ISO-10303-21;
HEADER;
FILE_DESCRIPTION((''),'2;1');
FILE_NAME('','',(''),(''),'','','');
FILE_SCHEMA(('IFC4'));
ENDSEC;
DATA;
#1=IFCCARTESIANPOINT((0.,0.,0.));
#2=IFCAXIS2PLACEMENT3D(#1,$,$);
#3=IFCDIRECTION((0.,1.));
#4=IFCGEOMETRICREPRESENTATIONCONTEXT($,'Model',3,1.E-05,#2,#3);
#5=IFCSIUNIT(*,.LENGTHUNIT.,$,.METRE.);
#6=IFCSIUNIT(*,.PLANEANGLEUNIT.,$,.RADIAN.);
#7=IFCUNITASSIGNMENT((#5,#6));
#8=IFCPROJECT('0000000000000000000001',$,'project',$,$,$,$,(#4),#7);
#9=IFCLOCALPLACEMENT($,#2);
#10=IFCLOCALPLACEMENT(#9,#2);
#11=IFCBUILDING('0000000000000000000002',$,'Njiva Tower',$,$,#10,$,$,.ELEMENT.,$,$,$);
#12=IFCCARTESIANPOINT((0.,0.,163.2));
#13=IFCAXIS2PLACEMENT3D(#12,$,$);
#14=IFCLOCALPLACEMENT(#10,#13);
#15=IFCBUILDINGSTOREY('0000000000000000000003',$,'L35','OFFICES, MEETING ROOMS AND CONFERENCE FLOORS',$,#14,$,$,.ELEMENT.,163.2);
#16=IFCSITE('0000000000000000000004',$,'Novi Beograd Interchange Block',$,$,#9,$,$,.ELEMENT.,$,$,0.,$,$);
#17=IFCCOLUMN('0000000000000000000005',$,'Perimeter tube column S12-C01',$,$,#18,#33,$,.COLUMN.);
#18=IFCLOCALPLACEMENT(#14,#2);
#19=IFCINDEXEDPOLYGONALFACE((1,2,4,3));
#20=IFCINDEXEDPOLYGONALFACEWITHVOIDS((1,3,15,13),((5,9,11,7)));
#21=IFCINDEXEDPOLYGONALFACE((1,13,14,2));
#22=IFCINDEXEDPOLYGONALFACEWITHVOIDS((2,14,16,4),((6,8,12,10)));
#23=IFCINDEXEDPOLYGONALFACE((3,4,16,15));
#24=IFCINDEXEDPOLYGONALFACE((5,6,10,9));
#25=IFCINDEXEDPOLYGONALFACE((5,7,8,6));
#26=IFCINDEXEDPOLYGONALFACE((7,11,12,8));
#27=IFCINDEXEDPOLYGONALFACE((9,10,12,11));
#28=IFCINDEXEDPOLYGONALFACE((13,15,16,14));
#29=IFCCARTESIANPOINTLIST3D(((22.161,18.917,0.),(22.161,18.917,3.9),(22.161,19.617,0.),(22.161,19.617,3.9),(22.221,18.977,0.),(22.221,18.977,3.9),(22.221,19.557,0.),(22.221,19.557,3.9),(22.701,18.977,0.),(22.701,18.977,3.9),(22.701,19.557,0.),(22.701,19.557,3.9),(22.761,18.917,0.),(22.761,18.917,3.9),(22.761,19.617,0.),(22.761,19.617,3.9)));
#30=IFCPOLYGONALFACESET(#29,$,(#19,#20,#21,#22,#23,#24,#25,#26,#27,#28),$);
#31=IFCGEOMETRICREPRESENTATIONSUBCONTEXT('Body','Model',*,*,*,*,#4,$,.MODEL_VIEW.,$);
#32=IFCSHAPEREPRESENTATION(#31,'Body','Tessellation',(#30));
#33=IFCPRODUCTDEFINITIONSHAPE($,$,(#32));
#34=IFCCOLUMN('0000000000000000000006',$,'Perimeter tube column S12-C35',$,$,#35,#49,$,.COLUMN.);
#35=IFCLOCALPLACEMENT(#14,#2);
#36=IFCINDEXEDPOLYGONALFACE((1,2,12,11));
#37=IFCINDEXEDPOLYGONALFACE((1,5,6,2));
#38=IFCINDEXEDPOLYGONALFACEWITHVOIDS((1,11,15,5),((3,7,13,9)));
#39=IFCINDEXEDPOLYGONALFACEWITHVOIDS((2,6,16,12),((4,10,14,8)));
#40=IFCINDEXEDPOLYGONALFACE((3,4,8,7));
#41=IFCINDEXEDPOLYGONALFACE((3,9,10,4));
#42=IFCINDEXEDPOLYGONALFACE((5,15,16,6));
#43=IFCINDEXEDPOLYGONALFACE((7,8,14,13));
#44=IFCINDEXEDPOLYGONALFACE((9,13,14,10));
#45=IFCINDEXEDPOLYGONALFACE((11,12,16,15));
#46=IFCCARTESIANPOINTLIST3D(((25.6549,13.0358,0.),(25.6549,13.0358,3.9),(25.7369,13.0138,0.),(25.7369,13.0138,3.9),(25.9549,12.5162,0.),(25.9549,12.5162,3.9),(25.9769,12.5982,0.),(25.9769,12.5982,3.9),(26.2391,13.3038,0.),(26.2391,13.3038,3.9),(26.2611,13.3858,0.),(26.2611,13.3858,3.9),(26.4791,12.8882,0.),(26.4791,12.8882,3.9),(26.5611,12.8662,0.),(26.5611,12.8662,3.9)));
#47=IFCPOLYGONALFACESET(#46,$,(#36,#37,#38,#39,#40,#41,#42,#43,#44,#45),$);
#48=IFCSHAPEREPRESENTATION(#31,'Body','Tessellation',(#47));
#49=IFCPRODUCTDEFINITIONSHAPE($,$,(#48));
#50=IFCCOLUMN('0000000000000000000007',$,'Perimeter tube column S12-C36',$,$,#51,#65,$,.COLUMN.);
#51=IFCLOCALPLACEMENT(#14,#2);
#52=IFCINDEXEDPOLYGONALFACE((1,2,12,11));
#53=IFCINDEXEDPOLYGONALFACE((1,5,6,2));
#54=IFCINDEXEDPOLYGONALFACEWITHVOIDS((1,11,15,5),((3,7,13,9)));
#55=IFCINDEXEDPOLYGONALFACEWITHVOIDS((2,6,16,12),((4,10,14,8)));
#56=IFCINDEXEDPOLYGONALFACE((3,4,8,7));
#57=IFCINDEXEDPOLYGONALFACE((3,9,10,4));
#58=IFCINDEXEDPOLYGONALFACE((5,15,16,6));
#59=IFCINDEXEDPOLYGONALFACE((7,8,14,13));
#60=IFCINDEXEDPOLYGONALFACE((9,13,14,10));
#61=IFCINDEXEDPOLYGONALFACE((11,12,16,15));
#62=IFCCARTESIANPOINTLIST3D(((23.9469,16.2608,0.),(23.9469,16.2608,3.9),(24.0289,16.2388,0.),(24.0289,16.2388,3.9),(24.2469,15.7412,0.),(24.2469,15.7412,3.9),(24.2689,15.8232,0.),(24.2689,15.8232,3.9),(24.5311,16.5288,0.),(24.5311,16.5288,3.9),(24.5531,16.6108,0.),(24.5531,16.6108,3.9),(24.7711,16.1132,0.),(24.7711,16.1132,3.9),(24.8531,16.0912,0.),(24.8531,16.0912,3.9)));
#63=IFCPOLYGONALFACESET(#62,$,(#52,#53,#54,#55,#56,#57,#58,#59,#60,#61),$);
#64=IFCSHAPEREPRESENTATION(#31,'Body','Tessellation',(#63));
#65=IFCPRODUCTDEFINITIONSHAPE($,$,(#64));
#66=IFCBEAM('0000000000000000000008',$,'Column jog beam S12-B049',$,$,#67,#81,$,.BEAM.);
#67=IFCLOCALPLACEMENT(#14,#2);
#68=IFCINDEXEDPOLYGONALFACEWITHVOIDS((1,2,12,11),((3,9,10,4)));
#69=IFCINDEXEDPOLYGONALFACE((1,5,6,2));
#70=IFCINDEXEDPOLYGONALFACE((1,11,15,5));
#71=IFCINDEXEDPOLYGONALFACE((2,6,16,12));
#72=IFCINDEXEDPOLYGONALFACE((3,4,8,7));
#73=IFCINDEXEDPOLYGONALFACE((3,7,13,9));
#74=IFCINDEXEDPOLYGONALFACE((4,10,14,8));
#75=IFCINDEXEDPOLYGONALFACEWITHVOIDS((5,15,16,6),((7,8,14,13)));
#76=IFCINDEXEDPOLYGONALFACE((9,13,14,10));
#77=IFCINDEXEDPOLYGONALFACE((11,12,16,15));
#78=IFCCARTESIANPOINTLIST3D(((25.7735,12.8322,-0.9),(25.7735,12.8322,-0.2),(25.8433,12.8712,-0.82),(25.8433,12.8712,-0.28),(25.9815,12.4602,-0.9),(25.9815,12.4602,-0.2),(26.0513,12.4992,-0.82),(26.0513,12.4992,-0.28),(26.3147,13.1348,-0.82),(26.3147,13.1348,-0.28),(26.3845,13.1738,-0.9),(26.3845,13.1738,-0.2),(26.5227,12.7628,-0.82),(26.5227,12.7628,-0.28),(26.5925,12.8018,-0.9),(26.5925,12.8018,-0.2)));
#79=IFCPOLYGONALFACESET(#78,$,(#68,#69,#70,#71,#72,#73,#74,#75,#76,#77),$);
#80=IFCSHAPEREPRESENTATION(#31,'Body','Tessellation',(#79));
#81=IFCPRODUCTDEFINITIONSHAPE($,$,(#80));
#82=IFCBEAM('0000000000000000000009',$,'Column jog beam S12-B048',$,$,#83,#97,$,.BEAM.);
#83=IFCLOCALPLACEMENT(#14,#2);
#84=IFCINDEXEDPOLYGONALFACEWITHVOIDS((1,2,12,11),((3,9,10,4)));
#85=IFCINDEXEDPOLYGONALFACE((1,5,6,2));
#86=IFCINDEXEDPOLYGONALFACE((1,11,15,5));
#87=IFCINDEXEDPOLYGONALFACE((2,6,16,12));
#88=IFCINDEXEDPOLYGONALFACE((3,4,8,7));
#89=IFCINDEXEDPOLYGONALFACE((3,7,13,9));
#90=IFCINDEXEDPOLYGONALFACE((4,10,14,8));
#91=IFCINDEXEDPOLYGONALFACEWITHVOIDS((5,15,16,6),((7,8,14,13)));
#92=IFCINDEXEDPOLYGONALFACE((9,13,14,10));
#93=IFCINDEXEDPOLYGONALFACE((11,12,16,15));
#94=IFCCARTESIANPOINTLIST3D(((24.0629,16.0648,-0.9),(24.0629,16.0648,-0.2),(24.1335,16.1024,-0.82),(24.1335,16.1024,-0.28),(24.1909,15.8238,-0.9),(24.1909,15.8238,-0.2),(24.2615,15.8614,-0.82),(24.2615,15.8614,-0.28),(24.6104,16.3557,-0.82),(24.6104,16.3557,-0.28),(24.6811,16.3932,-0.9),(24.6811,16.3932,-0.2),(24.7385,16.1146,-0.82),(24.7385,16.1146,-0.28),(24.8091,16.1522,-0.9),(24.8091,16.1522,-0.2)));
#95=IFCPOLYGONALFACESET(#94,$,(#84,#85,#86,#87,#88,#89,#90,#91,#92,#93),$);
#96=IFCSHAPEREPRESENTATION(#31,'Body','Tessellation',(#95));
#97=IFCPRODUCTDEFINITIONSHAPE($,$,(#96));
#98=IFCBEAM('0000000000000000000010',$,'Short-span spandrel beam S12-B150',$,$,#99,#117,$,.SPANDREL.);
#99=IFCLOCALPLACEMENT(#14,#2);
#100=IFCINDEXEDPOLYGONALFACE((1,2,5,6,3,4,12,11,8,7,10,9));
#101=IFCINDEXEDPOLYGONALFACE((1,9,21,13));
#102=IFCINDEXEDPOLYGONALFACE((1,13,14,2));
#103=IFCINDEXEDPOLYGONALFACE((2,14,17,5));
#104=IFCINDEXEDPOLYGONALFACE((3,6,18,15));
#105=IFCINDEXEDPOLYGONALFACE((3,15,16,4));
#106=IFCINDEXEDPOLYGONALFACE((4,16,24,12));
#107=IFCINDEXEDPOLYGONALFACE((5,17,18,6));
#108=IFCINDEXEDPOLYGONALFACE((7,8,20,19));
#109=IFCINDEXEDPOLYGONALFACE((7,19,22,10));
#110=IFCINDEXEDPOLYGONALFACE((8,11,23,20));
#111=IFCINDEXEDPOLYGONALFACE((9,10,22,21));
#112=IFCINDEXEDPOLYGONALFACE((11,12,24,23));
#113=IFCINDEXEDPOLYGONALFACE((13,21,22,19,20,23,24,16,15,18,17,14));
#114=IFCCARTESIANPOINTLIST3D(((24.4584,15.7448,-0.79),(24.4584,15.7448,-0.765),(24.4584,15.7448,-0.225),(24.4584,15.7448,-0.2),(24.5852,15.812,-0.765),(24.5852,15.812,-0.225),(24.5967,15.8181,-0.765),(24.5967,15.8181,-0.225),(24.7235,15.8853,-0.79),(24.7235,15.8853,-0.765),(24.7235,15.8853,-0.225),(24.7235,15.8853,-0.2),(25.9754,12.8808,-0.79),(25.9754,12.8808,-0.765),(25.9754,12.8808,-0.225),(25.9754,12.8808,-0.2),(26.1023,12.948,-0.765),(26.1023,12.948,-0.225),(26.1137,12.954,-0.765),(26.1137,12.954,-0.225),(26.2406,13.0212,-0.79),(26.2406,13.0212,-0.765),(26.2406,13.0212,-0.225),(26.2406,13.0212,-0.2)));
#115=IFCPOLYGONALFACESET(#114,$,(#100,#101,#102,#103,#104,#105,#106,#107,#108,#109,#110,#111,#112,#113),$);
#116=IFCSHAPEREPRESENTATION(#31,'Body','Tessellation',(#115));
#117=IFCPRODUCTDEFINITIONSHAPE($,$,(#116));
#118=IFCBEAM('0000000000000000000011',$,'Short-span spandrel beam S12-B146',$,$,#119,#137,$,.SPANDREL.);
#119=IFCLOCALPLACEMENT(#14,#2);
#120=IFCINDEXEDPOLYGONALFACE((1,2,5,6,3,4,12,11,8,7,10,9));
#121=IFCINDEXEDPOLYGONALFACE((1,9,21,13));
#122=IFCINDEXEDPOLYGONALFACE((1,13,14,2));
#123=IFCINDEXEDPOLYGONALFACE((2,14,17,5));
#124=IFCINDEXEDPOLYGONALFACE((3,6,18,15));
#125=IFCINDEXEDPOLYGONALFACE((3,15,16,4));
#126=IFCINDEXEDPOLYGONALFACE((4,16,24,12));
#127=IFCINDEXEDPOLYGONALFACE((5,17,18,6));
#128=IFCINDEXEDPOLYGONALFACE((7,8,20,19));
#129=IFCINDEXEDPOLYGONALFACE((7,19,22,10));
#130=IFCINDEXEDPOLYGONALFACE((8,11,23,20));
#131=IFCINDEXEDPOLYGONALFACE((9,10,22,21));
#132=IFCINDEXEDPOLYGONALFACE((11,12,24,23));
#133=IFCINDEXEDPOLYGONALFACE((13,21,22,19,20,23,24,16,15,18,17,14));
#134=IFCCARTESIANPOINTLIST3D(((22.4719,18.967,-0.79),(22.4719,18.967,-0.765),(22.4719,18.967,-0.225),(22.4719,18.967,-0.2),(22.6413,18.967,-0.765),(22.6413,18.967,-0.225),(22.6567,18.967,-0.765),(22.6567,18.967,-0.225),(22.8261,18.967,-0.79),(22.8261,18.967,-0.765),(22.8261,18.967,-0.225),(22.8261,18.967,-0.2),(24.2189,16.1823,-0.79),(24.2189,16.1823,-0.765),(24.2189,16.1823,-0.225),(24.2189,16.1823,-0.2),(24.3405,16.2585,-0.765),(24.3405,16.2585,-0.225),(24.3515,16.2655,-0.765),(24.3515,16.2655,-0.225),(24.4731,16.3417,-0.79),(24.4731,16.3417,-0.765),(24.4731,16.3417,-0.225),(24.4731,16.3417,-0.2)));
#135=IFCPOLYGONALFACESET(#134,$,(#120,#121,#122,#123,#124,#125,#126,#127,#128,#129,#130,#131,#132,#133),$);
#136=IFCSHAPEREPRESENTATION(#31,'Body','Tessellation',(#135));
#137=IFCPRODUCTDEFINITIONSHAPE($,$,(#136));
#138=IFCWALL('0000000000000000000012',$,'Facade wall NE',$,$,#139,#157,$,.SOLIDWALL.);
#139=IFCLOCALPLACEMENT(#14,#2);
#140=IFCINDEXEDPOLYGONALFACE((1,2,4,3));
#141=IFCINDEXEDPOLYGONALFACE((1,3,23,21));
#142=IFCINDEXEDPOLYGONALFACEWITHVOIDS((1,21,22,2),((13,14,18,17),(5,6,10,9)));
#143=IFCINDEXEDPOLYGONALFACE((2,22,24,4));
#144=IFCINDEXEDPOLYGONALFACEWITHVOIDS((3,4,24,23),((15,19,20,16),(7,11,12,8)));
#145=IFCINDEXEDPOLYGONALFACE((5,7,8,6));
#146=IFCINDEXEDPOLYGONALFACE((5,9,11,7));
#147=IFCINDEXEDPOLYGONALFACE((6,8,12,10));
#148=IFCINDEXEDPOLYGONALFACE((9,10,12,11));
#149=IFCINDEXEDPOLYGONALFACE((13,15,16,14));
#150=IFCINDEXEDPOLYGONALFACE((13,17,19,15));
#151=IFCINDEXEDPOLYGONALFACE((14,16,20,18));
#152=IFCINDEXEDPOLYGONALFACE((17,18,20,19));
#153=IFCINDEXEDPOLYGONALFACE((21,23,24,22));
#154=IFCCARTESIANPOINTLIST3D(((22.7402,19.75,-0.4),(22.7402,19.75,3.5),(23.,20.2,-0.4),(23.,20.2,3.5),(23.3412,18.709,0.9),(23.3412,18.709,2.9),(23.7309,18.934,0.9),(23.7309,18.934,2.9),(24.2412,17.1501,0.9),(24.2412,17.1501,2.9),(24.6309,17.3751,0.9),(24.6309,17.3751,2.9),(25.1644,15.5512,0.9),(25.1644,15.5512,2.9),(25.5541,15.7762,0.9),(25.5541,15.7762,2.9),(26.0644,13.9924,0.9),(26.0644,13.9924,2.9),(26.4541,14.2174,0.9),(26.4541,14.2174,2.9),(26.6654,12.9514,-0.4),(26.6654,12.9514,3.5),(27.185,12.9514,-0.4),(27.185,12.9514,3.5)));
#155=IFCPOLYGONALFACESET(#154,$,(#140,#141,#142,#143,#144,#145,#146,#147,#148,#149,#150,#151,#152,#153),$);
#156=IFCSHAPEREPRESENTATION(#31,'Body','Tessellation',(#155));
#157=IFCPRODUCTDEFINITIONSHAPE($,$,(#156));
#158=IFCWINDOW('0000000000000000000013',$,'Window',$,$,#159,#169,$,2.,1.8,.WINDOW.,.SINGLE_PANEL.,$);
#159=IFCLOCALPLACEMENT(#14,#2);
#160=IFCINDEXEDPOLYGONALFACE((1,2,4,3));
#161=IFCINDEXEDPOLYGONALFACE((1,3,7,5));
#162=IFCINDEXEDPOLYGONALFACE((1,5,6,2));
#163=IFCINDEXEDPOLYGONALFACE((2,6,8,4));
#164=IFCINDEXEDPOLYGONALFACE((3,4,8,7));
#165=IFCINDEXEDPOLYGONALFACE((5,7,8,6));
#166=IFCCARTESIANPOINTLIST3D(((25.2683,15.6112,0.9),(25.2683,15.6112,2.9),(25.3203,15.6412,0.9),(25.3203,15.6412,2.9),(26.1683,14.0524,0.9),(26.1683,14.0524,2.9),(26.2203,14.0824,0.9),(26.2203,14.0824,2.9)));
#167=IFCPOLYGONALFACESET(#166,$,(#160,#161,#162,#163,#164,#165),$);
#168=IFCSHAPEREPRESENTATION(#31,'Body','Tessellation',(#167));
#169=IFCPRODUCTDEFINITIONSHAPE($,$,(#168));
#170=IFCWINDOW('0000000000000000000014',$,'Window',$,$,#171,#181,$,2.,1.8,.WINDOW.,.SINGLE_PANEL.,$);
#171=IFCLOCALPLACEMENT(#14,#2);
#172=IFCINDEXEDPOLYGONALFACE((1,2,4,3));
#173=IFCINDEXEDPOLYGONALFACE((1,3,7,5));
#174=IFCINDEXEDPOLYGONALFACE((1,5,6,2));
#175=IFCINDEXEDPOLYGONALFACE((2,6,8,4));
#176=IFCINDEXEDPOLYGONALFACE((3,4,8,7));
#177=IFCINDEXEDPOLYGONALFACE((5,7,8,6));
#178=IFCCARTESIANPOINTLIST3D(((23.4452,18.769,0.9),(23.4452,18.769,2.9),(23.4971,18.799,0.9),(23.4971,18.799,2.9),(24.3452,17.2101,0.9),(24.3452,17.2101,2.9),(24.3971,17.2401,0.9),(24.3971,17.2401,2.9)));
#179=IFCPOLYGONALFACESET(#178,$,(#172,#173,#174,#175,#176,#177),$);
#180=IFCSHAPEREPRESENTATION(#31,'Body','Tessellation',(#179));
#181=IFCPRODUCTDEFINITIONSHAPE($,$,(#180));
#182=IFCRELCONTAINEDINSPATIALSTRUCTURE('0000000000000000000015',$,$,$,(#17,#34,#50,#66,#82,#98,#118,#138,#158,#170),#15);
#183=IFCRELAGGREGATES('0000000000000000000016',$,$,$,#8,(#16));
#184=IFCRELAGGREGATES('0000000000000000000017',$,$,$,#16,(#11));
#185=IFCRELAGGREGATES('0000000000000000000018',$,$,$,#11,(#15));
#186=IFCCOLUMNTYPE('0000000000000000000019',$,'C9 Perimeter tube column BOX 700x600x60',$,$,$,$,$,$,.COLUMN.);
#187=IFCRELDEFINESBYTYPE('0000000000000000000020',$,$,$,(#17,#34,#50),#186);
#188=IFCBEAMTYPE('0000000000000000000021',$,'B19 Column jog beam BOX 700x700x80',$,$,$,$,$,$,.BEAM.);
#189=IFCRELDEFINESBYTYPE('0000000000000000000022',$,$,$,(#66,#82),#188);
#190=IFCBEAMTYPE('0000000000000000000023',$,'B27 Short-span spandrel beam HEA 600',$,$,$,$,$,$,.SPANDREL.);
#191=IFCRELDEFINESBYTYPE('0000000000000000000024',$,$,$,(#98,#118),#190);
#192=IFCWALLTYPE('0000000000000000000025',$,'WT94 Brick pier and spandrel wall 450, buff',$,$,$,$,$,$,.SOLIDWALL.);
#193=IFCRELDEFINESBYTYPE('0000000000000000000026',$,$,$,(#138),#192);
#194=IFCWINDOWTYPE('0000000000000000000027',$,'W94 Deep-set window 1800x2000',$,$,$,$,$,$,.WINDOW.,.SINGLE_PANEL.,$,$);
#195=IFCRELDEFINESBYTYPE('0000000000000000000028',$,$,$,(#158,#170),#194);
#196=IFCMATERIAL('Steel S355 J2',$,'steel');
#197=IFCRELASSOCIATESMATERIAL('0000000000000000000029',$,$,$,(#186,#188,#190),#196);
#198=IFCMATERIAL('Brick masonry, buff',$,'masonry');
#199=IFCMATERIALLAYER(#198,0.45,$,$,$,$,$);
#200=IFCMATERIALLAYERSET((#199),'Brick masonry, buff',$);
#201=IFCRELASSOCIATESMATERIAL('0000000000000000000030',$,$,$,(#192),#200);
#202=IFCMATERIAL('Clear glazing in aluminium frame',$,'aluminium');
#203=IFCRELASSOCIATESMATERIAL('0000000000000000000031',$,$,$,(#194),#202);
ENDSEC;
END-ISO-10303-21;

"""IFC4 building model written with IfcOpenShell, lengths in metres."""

from ifc_helpers import new_model, si_unit, direction, frame, frame_2d, origin, origin_2d, place, context, subcontext, project, spatial, polyline, rectangle, hollow_rectangle, i_section, outline, extrude, clip, halfspace, material, layer, layer_set, material_profile, profile_set, type_object, element, fill, save


model = new_model("IFC4")

# Units and contexts
model_context = context("Model", 3, precision=1e-05, world=origin(), true_north=direction((0.0, 1.0)))
body_context = subcontext(model_context, "Body", "Model", "MODEL_VIEW")
ifc_project = project(units=[si_unit("LENGTHUNIT", "METRE"), si_unit("PLANEANGLEUNIT", "RADIAN")], contexts=[model_context])

# Site, building, storey
site_placement = place(None, origin())
site = spatial("IfcSite", under=ifc_project, at=site_placement, Name="Novi Beograd Interchange Block", CompositionType="ELEMENT", RefElevation=0.0)
building_placement = place(site_placement, origin())
building = spatial("IfcBuilding", under=site, at=building_placement, Name="Njiva Tower", CompositionType="ELEMENT")
storey_placement = place(building_placement, frame((0.0, 0.0, 163.2)))
storey = spatial("IfcBuildingStorey", under=building, at=storey_placement, Name="L35", Description="OFFICES, MEETING ROOMS AND CONFERENCE FLOORS", CompositionType="ELEMENT", Elevation=163.2)

# Columns
ifc_material_1 = material(Name="Steel S355 J2", Category="steel")
ifc_material_profile_1 = material_profile(ifc_material_1, hollow_rectangle(XDim=0.6, YDim=0.7, WallThickness=0.06, at=origin_2d()), Name="BOX 700x600x60")
ifc_profile_set_1 = profile_set([ifc_material_profile_1], Name="Steel S355 J2")
column_type = type_object("IfcColumnType", Name="C9 Perimeter tube column BOX 700x600x60", PredefinedType="COLUMN", material=ifc_profile_set_1)
for number, where, z_axis, x_axis, name in (
    (1, (22.461, 19.267, 0.0), (0.0, 0.0, 1.0), (-1.0, 0.0, 0.0), "Perimeter tube column S12-C01"),
    (2, (26.108, 12.951, 0.0), (0.0, 0.0, 1.0), (-0.5, 0.866025, 0.0), "Perimeter tube column S12-C35"),
    (3, (24.4, 16.176, 0.0), (0.0, 0.0, 1.0), (-0.5, 0.866025, 0.0), "Perimeter tube column S12-C36"),
):
    element("IfcColumn", number, at=place(storey_placement, frame(where, z_axis=z_axis, x_axis=x_axis)), inside=storey, type_object=column_type, Name=name, PredefinedType="COLUMN", context=body_context, shape_type="SweptSolid", body=[
        extrude(hollow_rectangle(XDim=0.6, YDim=0.7, WallThickness=0.06, at=origin_2d()), origin(), (0.0, 0.0, 1.0), 3.9),
    ])

# Beams
ifc_material_profile_2 = material_profile(ifc_material_1, hollow_rectangle(XDim=0.7, YDim=0.7, WallThickness=0.08, at=origin_2d()), Name="BOX 700x700x80")
ifc_profile_set_2 = profile_set([ifc_material_profile_2], Name="Steel S355 J2")
beam_type_1 = type_object("IfcBeamType", Name="B19 Column jog beam BOX 700x700x80", PredefinedType="BEAM", material=ifc_profile_set_2)
beam_1_placement = place(storey_placement, frame((26.287, 12.631, -0.55), z_axis=(-0.488032, 0.872826, 0.0), x_axis=(-0.872826, -0.488032, 0.0)))
element("IfcBeam", 4, at=beam_1_placement, inside=storey, type_object=beam_type_1, Name="Column jog beam S12-B049", PredefinedType="BEAM", context=body_context, shape_type="SweptSolid", body=[
    extrude(hollow_rectangle(XDim=0.7, YDim=0.7, WallThickness=0.08, at=origin_2d()), origin(), (0.0, 0.0, 1.0), 0.4262),
])
beam_2_placement = place(storey_placement, frame((24.5, 15.988, -0.55), z_axis=(-0.469066, 0.883163, 0.0), x_axis=(-0.883163, -0.469066, 0.0)))
element("IfcBeam", 5, at=beam_2_placement, inside=storey, type_object=beam_type_1, Name="Column jog beam S12-B048", PredefinedType="BEAM", context=body_context, shape_type="SweptSolid", body=[
    extrude(hollow_rectangle(XDim=0.7, YDim=0.7, WallThickness=0.08, at=origin_2d()), origin(), (0.0, 0.0, 1.0), 0.2729),
])
ifc_material_profile_3 = material_profile(ifc_material_1, i_section(OverallWidth=0.3, OverallDepth=0.59, WebThickness=0.013, FlangeThickness=0.025, at=origin_2d()), Name="HEA 600")
ifc_profile_set_3 = profile_set([ifc_material_profile_3], Name="Steel S355 J2")
beam_type_2 = type_object("IfcBeamType", Name="B27 Short-span spandrel beam HEA 600", PredefinedType="SPANDREL", material=ifc_profile_set_3)
beam_3_placement = place(storey_placement, frame((26.108, 12.951, -0.495), z_axis=(-0.468072, 0.88369, 0.0), x_axis=(-0.88369, -0.468072, 0.0)))
element("IfcBeam", 6, at=beam_3_placement, inside=storey, type_object=beam_type_2, Name="Short-span spandrel beam S12-B150", PredefinedType="SPANDREL", context=body_context, shape_type="SweptSolid", body=[
    extrude(i_section(OverallWidth=0.3, OverallDepth=0.59, WebThickness=0.013, FlangeThickness=0.025, at=origin_2d()), origin(), (0.0, 0.0, 1.0), 3.241),
])
beam_4_placement = place(storey_placement, frame((24.346, 16.262, -0.495), z_axis=(-0.531434, 0.8471, 0.0), x_axis=(-0.8471, -0.531434, 0.0)))
element("IfcBeam", 7, at=beam_4_placement, inside=storey, type_object=beam_type_2, Name="Short-span spandrel beam S12-B146", PredefinedType="SPANDREL", context=body_context, shape_type="Clipping", body=[
    clip(extrude(i_section(OverallWidth=0.3, OverallDepth=0.59, WebThickness=0.013, FlangeThickness=0.025, at=origin_2d()), origin(), (0.0, 0.0, 1.0), 3.3072), halfspace(frame((-0.0269, 0.0, 3.1764), z_axis=(-0.531434, 0.0, 0.8471), x_axis=(0.0, 1.0, 0.0)), False)),
])

# Wall, openings, windows
ifc_material_2 = material(Name="Clear glazing in aluminium frame", Category="aluminium")
ifc_material_3 = material(Name="Brick masonry, buff", Category="masonry")
ifc_layer_1 = layer(ifc_material_3, 0.45)
ifc_layer_set_1 = layer_set([ifc_layer_1], Name="Brick masonry, buff")
wall_type_1 = type_object("IfcWallType", Name="WT94 Brick pier and spandrel wall 450, buff", PredefinedType="SOLIDWALL", material=ifc_layer_set_1)
wall_1_placement = place(storey_placement, frame((26.9252, 12.9514, -0.4), z_axis=(0.0, 0.0, 1.0), x_axis=(-0.500002, 0.866024, 0.0)))
wall_1 = element("IfcWall", 8, at=wall_1_placement, inside=storey, type_object=wall_type_1, Name="Facade wall NE", PredefinedType="SOLIDWALL", context=body_context, shape_type="SweptSolid", body=[
    extrude(outline(polyline([(-0.1299, -0.225), (8.2401, -0.225), (7.9803, 0.225), (0.1299, 0.225), (-0.1299, -0.225)])), origin(), (0.0, 0.0, 1.0), 3.9),
])
opening_1_placement = place(wall_1_placement, frame((1.3319, 0.0, 1.3)))
opening_1 = element("IfcOpeningElement", 9, at=opening_1_placement, cuts=wall_1, PredefinedType="OPENING", context=body_context, shape_type="SweptSolid", body=[
    extrude(rectangle(XDim=1.8, YDim=2.0, at=frame_2d((0.9, 1.0))), frame((0.0, 0.235, 0.0), z_axis=(0.0, -1.0, 0.0), x_axis=(1.0, 0.0, 0.0)), (0.0, 0.0, 1.0), 0.47),
])
opening_2_placement = place(wall_1_placement, frame((4.9782, 0.0, 1.3)))
opening_2 = element("IfcOpeningElement", 10, at=opening_2_placement, cuts=wall_1, PredefinedType="OPENING", context=body_context, shape_type="SweptSolid", body=[
    extrude(rectangle(XDim=1.8, YDim=2.0, at=frame_2d((0.9, 1.0))), frame((0.0, 0.235, 0.0), z_axis=(0.0, -1.0, 0.0), x_axis=(1.0, 0.0, 0.0)), (0.0, 0.0, 1.0), 0.47),
])
window_type_1 = type_object("IfcWindowType", Name="W94 Deep-set window 1800x2000", PartitioningType="SINGLE_PANEL", PredefinedType="WINDOW", material=ifc_material_2)
window_1_placement = place(opening_1_placement, origin())
window_1 = element("IfcWindow", 11, at=window_1_placement, inside=storey, type_object=window_type_1, Name="Window", OverallHeight=2.0, OverallWidth=1.8, PartitioningType="SINGLE_PANEL", PredefinedType="WINDOW", context=body_context, shape_type="SweptSolid", body=[
    extrude(rectangle(XDim=1.8, YDim=2.0, at=frame_2d((0.9, 1.0))), frame((0.0, 0.105, 0.0), z_axis=(0.0, -1.0, 0.0), x_axis=(1.0, 0.0, 0.0)), (0.0, 0.0, 1.0), 0.06),
])
fill(opening_1, window_1)
window_2_placement = place(opening_2_placement, origin())
window_2 = element("IfcWindow", 12, at=window_2_placement, inside=storey, type_object=window_type_1, Name="Window", OverallHeight=2.0, OverallWidth=1.8, PartitioningType="SINGLE_PANEL", PredefinedType="WINDOW", context=body_context, shape_type="SweptSolid", body=[
    extrude(rectangle(XDim=1.8, YDim=2.0, at=frame_2d((0.9, 1.0))), frame((0.0, 0.105, 0.0), z_axis=(0.0, -1.0, 0.0), x_axis=(1.0, 0.0, 0.0)), (0.0, 0.0, 1.0), 0.06),
])
fill(opening_2, window_2)

save(model, "model.ifc")
